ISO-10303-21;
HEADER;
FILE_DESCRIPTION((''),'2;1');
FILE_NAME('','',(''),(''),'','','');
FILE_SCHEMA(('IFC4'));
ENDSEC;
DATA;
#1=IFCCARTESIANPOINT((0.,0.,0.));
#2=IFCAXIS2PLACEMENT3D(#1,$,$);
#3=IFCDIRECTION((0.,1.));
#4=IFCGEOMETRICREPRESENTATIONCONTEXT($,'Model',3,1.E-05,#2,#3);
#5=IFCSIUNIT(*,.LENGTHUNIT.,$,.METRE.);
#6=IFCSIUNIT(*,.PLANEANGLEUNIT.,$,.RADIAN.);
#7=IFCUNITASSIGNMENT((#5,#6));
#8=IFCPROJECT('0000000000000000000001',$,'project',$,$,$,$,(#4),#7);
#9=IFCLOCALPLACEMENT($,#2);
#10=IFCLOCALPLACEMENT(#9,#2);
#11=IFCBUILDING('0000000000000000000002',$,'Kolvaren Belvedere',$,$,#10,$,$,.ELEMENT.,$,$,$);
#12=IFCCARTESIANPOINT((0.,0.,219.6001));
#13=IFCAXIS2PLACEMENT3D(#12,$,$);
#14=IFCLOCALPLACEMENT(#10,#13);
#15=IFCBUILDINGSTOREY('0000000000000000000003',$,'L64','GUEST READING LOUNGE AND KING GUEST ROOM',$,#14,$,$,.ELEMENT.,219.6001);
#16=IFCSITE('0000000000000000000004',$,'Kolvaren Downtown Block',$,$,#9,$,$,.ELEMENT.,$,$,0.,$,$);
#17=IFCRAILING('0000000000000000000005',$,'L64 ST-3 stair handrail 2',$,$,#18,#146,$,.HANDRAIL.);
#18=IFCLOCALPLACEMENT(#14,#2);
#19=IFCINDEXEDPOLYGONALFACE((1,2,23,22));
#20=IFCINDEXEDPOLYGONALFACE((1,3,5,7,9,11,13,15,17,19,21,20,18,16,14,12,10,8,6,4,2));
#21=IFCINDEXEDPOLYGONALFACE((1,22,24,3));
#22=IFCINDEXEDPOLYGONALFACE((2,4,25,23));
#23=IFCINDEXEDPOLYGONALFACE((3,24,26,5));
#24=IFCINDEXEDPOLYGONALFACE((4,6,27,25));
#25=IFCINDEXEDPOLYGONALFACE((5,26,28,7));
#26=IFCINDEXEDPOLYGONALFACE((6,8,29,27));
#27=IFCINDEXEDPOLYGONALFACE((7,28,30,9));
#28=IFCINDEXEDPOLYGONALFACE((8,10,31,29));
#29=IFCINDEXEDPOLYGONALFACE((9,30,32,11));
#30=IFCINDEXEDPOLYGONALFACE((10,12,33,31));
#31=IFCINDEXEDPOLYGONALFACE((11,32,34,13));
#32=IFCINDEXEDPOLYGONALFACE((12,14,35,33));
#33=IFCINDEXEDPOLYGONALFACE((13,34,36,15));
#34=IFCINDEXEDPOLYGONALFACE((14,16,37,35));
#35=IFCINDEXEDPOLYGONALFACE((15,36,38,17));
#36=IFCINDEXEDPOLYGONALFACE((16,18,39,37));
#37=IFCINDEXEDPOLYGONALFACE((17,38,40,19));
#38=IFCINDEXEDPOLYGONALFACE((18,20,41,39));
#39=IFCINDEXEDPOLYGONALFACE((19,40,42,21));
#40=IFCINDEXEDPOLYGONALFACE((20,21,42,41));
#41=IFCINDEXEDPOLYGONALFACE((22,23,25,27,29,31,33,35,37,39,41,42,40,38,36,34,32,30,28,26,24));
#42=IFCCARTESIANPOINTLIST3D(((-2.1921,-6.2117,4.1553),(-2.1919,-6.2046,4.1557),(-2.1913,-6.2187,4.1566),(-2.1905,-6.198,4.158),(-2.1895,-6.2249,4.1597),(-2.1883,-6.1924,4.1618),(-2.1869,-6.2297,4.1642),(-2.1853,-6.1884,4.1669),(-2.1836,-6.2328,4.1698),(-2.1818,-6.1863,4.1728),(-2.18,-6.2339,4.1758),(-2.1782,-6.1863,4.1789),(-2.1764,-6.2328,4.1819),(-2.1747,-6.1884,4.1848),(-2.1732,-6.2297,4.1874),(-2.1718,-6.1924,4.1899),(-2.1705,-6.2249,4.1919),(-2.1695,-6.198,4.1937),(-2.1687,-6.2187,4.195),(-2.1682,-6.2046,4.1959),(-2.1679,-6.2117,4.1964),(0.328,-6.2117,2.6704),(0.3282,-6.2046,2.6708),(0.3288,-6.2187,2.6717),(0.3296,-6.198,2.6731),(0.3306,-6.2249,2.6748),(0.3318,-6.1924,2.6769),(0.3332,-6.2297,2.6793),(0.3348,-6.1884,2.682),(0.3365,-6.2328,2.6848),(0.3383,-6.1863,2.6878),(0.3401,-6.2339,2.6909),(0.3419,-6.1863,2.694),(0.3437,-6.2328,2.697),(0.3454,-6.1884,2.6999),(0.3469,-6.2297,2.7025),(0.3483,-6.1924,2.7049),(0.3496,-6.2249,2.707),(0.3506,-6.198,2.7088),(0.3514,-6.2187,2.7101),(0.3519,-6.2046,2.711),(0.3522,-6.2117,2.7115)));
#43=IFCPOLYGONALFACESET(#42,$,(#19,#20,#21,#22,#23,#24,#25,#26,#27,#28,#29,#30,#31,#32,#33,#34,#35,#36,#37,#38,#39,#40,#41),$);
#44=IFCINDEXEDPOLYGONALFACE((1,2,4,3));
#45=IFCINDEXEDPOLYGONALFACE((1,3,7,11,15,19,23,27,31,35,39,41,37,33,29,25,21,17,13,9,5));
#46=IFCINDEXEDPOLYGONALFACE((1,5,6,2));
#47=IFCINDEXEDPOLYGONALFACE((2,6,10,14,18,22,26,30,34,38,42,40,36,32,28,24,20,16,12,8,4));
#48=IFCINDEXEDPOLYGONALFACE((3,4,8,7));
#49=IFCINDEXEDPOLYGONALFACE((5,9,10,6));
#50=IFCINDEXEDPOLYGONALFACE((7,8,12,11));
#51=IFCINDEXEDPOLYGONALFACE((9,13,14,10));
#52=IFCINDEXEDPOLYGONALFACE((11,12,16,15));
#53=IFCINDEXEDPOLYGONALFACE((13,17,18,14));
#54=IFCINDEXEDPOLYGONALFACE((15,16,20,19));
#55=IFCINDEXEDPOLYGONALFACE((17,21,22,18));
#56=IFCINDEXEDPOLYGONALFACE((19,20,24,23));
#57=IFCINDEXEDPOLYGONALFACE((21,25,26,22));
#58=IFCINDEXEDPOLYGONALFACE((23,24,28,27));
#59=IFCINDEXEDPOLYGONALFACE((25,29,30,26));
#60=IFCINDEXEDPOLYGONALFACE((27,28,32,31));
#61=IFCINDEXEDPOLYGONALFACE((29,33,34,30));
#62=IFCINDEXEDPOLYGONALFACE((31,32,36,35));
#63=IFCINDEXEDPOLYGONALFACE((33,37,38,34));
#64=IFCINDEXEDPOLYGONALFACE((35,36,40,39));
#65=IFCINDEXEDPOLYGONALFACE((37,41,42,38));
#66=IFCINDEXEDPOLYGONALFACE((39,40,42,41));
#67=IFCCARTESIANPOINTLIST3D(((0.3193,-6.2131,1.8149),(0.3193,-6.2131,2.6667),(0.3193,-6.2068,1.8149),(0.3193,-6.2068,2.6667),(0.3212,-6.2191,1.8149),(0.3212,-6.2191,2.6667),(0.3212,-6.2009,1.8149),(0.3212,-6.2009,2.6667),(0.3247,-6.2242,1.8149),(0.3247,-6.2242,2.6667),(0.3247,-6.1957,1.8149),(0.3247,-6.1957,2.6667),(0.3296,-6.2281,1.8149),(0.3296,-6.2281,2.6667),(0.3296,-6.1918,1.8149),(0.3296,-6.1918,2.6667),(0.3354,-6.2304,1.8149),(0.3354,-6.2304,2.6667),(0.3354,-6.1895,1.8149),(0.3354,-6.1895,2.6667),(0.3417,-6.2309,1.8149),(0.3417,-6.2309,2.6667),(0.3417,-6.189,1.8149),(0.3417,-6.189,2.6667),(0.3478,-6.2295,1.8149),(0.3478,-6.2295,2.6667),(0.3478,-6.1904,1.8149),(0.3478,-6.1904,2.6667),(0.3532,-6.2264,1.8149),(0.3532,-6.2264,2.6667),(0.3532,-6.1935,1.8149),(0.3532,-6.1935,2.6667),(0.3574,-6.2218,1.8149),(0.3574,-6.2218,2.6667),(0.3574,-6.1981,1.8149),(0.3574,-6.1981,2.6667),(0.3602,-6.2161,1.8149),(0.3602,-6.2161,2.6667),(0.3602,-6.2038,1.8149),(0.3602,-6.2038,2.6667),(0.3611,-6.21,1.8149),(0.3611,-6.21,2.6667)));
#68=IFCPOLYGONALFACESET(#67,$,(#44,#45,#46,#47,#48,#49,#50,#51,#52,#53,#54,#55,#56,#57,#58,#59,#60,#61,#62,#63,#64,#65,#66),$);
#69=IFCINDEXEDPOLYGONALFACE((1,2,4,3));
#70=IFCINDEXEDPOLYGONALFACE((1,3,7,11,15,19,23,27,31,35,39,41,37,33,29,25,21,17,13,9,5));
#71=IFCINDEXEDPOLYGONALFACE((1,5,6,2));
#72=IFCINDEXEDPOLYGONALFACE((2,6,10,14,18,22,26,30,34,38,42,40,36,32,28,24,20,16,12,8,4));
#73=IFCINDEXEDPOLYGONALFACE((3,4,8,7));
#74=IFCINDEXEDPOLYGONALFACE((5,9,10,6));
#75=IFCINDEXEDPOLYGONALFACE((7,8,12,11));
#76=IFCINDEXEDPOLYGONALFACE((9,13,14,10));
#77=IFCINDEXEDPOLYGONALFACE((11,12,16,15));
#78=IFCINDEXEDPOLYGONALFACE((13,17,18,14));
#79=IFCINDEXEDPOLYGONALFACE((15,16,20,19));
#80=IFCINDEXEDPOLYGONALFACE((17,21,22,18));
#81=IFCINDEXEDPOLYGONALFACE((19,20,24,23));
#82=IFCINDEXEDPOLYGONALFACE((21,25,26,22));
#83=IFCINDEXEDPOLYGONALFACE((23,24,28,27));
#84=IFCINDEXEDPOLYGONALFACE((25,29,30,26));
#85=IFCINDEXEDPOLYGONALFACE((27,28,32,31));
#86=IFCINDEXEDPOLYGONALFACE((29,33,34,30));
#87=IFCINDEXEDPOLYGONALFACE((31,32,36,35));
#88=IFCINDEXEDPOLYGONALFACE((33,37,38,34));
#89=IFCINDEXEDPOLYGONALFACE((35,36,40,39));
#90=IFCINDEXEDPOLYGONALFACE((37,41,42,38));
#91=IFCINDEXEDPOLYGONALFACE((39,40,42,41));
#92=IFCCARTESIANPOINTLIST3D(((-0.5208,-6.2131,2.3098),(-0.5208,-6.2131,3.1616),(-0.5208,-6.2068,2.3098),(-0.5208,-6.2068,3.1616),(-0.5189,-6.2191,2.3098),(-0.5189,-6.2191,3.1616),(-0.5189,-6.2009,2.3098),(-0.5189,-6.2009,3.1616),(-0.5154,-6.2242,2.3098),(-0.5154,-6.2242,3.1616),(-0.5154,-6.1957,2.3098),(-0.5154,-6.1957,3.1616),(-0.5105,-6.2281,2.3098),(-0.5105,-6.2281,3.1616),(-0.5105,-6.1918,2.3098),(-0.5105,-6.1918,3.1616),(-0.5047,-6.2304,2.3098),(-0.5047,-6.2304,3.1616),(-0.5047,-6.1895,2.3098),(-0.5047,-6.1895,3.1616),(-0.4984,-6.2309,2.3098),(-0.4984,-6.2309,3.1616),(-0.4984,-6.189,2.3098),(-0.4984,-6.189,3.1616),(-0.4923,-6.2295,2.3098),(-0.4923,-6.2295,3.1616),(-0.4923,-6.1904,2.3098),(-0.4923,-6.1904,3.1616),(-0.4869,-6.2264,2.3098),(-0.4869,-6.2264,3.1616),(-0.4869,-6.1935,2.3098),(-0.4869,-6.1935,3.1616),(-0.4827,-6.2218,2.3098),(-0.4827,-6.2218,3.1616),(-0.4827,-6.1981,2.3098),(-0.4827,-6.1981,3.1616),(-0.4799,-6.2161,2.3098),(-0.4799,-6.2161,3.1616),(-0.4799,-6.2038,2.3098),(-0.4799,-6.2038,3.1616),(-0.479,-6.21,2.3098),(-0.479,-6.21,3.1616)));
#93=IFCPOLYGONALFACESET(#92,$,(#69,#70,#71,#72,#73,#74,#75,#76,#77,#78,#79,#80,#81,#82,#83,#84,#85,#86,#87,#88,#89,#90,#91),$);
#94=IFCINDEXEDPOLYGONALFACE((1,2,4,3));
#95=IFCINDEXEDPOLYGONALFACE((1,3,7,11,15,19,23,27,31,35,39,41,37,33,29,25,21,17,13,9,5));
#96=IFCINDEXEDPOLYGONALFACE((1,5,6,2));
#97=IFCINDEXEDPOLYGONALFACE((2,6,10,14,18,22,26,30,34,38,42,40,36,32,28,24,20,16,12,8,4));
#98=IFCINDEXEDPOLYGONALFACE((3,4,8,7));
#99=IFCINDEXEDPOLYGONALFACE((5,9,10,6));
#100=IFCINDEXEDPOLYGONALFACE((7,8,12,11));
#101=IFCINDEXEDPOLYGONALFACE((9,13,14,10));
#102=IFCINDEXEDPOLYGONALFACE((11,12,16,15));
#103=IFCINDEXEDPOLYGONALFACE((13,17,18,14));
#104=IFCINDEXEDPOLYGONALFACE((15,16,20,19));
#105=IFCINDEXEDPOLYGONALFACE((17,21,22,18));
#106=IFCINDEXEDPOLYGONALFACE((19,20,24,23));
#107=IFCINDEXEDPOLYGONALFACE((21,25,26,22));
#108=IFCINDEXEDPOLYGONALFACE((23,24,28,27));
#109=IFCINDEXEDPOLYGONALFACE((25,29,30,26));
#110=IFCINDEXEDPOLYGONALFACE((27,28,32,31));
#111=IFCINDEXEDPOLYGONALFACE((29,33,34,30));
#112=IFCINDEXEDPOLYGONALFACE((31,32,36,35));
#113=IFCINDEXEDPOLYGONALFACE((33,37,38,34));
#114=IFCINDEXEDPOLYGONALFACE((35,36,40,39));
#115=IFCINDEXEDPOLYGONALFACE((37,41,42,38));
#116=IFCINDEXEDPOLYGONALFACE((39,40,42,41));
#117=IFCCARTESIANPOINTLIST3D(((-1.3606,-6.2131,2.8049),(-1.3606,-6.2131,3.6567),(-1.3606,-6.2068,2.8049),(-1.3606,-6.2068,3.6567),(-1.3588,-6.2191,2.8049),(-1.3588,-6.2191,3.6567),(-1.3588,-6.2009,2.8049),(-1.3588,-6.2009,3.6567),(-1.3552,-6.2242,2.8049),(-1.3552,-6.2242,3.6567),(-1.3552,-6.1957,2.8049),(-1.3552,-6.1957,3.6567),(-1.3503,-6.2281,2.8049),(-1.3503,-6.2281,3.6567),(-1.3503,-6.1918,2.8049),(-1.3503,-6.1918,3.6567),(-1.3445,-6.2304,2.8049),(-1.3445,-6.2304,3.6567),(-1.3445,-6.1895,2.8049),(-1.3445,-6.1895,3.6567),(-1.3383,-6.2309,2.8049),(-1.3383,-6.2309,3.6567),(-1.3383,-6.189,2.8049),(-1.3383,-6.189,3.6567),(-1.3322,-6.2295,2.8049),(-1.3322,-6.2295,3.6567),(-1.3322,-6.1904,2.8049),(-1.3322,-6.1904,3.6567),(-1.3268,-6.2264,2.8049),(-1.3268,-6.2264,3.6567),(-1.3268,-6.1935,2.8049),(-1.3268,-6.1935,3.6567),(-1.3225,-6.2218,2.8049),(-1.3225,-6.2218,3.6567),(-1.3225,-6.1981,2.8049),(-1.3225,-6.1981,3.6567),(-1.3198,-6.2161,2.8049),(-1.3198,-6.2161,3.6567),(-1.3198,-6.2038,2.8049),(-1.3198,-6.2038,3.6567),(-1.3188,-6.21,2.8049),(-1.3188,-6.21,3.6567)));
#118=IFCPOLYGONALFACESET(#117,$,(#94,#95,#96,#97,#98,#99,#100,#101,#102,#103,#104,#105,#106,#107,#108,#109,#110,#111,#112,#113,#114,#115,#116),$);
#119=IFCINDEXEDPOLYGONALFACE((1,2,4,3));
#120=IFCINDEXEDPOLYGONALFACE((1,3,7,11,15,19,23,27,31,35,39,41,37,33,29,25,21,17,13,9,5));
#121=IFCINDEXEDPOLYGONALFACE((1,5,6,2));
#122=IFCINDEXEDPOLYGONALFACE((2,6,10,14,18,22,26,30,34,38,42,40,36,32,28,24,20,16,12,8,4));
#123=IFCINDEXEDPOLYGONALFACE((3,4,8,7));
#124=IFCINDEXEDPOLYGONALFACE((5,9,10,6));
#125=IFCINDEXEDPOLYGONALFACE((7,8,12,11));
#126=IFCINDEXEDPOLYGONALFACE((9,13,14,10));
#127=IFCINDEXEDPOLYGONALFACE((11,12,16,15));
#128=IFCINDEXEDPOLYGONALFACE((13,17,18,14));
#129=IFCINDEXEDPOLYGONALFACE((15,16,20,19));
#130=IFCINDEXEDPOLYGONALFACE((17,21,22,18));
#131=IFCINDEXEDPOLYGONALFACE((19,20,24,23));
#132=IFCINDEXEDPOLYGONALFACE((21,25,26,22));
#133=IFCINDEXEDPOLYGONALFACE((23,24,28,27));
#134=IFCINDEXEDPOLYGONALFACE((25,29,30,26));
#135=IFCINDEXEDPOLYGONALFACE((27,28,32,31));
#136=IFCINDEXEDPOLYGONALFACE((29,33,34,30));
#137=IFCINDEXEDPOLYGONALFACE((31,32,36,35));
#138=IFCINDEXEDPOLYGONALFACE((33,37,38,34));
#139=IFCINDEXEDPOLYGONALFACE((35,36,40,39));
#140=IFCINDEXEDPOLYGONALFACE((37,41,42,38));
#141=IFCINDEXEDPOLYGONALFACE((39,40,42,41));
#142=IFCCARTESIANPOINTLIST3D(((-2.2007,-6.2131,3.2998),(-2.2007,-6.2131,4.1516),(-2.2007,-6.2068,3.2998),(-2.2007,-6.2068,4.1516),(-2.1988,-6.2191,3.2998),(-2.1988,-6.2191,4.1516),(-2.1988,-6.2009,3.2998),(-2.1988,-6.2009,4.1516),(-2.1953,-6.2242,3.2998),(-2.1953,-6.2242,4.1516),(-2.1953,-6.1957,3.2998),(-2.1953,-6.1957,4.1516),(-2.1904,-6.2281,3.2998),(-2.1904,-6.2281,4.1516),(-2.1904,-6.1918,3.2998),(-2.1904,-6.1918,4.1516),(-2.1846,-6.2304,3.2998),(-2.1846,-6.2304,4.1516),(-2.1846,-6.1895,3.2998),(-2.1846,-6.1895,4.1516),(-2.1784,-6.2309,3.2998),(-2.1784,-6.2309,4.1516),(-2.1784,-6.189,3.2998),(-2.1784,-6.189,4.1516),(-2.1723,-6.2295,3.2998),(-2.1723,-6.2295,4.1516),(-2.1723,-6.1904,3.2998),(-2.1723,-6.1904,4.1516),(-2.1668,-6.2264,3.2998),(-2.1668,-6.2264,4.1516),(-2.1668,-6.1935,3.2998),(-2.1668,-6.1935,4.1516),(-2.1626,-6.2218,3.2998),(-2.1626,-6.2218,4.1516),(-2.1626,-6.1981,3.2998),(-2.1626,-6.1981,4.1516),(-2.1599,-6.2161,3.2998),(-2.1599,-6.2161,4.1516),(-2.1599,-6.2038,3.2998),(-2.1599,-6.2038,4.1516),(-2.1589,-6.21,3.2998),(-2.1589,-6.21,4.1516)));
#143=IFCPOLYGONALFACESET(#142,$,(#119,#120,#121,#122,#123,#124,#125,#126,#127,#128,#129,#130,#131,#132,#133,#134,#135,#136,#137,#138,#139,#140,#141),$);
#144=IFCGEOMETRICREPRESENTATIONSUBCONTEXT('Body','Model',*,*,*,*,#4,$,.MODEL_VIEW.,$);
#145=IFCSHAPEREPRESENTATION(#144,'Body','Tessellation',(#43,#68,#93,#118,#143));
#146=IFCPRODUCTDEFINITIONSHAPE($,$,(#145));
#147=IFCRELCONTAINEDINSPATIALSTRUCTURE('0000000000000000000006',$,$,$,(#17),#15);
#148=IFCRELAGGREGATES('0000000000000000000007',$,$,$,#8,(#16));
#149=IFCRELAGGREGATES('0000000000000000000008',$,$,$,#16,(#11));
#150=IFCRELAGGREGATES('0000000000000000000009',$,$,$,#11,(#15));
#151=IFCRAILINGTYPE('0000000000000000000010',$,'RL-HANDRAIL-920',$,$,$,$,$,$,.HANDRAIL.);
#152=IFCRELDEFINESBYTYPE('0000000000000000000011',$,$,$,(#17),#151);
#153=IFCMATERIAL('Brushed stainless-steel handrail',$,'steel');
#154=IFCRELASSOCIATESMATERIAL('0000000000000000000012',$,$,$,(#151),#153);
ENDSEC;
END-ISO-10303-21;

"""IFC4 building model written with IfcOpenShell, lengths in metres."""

from ifc_helpers import new_model, si_unit, direction, frame, origin, origin_2d, place, context, subcontext, project, spatial, circle, extrude, material, type_object, element, save


model = new_model("IFC4")

# Units and contexts
model_context = context("Model", 3, precision=1e-05, world=origin(), true_north=direction((0.0, 1.0)))
body_context = subcontext(model_context, "Body", "Model", "MODEL_VIEW")
ifc_project = project(units=[si_unit("LENGTHUNIT", "METRE"), si_unit("PLANEANGLEUNIT", "RADIAN")], contexts=[model_context])

# Site, building, storey
site_placement = place(None, origin())
site = spatial("IfcSite", under=ifc_project, at=site_placement, Name="Kolvaren Downtown Block", CompositionType="ELEMENT", RefElevation=0.0)
building_placement = place(site_placement, origin())
building = spatial("IfcBuilding", under=site, at=building_placement, Name="Kolvaren Belvedere", CompositionType="ELEMENT")
storey_placement = place(building_placement, frame((0.0, 0.0, 219.6001)))
storey = spatial("IfcBuildingStorey", under=building, at=storey_placement, Name="L64", Description="GUEST READING LOUNGE AND KING GUEST ROOM", CompositionType="ELEMENT", Elevation=219.6001)

# Railing
ifc_material_1 = material(Name="Brushed stainless-steel handrail", Category="steel")
railing_type_1 = type_object("IfcRailingType", Name="RL-HANDRAIL-920", PredefinedType="HANDRAIL", material=ifc_material_1)
railing_1_placement = place(storey_placement, frame((0.3401, -6.21, 1.8149)))
element("IfcRailing", 1, at=railing_1_placement, inside=storey, type_object=railing_type_1, Name="L64 ST-3 stair handrail 2", PredefinedType="HANDRAIL", context=body_context, shape_type="SweptSolid", body=[
    extrude(circle(Radius=0.0239, at=origin_2d()), frame((0.0, 0.0, 0.876), z_axis=(-0.861561, 0.0, 0.507655), x_axis=(0.0, -1.0, 0.0)), (0.0, 0.0, 1.0), 2.925),
    extrude(circle(Radius=0.021, at=origin_2d()), origin(), (0.0, 0.0, 1.0), 0.8518),
    extrude(circle(Radius=0.021, at=origin_2d()), frame((-0.8401, 0.0, 0.4949)), (0.0, 0.0, 1.0), 0.8518),
    extrude(circle(Radius=0.021, at=origin_2d()), frame((-1.6799, 0.0, 0.99)), (0.0, 0.0, 1.0), 0.8518),
    extrude(circle(Radius=0.021, at=origin_2d()), frame((-2.52, 0.0, 1.4849)), (0.0, 0.0, 1.0), 0.8518),
])

save(model, "model.ifc")
